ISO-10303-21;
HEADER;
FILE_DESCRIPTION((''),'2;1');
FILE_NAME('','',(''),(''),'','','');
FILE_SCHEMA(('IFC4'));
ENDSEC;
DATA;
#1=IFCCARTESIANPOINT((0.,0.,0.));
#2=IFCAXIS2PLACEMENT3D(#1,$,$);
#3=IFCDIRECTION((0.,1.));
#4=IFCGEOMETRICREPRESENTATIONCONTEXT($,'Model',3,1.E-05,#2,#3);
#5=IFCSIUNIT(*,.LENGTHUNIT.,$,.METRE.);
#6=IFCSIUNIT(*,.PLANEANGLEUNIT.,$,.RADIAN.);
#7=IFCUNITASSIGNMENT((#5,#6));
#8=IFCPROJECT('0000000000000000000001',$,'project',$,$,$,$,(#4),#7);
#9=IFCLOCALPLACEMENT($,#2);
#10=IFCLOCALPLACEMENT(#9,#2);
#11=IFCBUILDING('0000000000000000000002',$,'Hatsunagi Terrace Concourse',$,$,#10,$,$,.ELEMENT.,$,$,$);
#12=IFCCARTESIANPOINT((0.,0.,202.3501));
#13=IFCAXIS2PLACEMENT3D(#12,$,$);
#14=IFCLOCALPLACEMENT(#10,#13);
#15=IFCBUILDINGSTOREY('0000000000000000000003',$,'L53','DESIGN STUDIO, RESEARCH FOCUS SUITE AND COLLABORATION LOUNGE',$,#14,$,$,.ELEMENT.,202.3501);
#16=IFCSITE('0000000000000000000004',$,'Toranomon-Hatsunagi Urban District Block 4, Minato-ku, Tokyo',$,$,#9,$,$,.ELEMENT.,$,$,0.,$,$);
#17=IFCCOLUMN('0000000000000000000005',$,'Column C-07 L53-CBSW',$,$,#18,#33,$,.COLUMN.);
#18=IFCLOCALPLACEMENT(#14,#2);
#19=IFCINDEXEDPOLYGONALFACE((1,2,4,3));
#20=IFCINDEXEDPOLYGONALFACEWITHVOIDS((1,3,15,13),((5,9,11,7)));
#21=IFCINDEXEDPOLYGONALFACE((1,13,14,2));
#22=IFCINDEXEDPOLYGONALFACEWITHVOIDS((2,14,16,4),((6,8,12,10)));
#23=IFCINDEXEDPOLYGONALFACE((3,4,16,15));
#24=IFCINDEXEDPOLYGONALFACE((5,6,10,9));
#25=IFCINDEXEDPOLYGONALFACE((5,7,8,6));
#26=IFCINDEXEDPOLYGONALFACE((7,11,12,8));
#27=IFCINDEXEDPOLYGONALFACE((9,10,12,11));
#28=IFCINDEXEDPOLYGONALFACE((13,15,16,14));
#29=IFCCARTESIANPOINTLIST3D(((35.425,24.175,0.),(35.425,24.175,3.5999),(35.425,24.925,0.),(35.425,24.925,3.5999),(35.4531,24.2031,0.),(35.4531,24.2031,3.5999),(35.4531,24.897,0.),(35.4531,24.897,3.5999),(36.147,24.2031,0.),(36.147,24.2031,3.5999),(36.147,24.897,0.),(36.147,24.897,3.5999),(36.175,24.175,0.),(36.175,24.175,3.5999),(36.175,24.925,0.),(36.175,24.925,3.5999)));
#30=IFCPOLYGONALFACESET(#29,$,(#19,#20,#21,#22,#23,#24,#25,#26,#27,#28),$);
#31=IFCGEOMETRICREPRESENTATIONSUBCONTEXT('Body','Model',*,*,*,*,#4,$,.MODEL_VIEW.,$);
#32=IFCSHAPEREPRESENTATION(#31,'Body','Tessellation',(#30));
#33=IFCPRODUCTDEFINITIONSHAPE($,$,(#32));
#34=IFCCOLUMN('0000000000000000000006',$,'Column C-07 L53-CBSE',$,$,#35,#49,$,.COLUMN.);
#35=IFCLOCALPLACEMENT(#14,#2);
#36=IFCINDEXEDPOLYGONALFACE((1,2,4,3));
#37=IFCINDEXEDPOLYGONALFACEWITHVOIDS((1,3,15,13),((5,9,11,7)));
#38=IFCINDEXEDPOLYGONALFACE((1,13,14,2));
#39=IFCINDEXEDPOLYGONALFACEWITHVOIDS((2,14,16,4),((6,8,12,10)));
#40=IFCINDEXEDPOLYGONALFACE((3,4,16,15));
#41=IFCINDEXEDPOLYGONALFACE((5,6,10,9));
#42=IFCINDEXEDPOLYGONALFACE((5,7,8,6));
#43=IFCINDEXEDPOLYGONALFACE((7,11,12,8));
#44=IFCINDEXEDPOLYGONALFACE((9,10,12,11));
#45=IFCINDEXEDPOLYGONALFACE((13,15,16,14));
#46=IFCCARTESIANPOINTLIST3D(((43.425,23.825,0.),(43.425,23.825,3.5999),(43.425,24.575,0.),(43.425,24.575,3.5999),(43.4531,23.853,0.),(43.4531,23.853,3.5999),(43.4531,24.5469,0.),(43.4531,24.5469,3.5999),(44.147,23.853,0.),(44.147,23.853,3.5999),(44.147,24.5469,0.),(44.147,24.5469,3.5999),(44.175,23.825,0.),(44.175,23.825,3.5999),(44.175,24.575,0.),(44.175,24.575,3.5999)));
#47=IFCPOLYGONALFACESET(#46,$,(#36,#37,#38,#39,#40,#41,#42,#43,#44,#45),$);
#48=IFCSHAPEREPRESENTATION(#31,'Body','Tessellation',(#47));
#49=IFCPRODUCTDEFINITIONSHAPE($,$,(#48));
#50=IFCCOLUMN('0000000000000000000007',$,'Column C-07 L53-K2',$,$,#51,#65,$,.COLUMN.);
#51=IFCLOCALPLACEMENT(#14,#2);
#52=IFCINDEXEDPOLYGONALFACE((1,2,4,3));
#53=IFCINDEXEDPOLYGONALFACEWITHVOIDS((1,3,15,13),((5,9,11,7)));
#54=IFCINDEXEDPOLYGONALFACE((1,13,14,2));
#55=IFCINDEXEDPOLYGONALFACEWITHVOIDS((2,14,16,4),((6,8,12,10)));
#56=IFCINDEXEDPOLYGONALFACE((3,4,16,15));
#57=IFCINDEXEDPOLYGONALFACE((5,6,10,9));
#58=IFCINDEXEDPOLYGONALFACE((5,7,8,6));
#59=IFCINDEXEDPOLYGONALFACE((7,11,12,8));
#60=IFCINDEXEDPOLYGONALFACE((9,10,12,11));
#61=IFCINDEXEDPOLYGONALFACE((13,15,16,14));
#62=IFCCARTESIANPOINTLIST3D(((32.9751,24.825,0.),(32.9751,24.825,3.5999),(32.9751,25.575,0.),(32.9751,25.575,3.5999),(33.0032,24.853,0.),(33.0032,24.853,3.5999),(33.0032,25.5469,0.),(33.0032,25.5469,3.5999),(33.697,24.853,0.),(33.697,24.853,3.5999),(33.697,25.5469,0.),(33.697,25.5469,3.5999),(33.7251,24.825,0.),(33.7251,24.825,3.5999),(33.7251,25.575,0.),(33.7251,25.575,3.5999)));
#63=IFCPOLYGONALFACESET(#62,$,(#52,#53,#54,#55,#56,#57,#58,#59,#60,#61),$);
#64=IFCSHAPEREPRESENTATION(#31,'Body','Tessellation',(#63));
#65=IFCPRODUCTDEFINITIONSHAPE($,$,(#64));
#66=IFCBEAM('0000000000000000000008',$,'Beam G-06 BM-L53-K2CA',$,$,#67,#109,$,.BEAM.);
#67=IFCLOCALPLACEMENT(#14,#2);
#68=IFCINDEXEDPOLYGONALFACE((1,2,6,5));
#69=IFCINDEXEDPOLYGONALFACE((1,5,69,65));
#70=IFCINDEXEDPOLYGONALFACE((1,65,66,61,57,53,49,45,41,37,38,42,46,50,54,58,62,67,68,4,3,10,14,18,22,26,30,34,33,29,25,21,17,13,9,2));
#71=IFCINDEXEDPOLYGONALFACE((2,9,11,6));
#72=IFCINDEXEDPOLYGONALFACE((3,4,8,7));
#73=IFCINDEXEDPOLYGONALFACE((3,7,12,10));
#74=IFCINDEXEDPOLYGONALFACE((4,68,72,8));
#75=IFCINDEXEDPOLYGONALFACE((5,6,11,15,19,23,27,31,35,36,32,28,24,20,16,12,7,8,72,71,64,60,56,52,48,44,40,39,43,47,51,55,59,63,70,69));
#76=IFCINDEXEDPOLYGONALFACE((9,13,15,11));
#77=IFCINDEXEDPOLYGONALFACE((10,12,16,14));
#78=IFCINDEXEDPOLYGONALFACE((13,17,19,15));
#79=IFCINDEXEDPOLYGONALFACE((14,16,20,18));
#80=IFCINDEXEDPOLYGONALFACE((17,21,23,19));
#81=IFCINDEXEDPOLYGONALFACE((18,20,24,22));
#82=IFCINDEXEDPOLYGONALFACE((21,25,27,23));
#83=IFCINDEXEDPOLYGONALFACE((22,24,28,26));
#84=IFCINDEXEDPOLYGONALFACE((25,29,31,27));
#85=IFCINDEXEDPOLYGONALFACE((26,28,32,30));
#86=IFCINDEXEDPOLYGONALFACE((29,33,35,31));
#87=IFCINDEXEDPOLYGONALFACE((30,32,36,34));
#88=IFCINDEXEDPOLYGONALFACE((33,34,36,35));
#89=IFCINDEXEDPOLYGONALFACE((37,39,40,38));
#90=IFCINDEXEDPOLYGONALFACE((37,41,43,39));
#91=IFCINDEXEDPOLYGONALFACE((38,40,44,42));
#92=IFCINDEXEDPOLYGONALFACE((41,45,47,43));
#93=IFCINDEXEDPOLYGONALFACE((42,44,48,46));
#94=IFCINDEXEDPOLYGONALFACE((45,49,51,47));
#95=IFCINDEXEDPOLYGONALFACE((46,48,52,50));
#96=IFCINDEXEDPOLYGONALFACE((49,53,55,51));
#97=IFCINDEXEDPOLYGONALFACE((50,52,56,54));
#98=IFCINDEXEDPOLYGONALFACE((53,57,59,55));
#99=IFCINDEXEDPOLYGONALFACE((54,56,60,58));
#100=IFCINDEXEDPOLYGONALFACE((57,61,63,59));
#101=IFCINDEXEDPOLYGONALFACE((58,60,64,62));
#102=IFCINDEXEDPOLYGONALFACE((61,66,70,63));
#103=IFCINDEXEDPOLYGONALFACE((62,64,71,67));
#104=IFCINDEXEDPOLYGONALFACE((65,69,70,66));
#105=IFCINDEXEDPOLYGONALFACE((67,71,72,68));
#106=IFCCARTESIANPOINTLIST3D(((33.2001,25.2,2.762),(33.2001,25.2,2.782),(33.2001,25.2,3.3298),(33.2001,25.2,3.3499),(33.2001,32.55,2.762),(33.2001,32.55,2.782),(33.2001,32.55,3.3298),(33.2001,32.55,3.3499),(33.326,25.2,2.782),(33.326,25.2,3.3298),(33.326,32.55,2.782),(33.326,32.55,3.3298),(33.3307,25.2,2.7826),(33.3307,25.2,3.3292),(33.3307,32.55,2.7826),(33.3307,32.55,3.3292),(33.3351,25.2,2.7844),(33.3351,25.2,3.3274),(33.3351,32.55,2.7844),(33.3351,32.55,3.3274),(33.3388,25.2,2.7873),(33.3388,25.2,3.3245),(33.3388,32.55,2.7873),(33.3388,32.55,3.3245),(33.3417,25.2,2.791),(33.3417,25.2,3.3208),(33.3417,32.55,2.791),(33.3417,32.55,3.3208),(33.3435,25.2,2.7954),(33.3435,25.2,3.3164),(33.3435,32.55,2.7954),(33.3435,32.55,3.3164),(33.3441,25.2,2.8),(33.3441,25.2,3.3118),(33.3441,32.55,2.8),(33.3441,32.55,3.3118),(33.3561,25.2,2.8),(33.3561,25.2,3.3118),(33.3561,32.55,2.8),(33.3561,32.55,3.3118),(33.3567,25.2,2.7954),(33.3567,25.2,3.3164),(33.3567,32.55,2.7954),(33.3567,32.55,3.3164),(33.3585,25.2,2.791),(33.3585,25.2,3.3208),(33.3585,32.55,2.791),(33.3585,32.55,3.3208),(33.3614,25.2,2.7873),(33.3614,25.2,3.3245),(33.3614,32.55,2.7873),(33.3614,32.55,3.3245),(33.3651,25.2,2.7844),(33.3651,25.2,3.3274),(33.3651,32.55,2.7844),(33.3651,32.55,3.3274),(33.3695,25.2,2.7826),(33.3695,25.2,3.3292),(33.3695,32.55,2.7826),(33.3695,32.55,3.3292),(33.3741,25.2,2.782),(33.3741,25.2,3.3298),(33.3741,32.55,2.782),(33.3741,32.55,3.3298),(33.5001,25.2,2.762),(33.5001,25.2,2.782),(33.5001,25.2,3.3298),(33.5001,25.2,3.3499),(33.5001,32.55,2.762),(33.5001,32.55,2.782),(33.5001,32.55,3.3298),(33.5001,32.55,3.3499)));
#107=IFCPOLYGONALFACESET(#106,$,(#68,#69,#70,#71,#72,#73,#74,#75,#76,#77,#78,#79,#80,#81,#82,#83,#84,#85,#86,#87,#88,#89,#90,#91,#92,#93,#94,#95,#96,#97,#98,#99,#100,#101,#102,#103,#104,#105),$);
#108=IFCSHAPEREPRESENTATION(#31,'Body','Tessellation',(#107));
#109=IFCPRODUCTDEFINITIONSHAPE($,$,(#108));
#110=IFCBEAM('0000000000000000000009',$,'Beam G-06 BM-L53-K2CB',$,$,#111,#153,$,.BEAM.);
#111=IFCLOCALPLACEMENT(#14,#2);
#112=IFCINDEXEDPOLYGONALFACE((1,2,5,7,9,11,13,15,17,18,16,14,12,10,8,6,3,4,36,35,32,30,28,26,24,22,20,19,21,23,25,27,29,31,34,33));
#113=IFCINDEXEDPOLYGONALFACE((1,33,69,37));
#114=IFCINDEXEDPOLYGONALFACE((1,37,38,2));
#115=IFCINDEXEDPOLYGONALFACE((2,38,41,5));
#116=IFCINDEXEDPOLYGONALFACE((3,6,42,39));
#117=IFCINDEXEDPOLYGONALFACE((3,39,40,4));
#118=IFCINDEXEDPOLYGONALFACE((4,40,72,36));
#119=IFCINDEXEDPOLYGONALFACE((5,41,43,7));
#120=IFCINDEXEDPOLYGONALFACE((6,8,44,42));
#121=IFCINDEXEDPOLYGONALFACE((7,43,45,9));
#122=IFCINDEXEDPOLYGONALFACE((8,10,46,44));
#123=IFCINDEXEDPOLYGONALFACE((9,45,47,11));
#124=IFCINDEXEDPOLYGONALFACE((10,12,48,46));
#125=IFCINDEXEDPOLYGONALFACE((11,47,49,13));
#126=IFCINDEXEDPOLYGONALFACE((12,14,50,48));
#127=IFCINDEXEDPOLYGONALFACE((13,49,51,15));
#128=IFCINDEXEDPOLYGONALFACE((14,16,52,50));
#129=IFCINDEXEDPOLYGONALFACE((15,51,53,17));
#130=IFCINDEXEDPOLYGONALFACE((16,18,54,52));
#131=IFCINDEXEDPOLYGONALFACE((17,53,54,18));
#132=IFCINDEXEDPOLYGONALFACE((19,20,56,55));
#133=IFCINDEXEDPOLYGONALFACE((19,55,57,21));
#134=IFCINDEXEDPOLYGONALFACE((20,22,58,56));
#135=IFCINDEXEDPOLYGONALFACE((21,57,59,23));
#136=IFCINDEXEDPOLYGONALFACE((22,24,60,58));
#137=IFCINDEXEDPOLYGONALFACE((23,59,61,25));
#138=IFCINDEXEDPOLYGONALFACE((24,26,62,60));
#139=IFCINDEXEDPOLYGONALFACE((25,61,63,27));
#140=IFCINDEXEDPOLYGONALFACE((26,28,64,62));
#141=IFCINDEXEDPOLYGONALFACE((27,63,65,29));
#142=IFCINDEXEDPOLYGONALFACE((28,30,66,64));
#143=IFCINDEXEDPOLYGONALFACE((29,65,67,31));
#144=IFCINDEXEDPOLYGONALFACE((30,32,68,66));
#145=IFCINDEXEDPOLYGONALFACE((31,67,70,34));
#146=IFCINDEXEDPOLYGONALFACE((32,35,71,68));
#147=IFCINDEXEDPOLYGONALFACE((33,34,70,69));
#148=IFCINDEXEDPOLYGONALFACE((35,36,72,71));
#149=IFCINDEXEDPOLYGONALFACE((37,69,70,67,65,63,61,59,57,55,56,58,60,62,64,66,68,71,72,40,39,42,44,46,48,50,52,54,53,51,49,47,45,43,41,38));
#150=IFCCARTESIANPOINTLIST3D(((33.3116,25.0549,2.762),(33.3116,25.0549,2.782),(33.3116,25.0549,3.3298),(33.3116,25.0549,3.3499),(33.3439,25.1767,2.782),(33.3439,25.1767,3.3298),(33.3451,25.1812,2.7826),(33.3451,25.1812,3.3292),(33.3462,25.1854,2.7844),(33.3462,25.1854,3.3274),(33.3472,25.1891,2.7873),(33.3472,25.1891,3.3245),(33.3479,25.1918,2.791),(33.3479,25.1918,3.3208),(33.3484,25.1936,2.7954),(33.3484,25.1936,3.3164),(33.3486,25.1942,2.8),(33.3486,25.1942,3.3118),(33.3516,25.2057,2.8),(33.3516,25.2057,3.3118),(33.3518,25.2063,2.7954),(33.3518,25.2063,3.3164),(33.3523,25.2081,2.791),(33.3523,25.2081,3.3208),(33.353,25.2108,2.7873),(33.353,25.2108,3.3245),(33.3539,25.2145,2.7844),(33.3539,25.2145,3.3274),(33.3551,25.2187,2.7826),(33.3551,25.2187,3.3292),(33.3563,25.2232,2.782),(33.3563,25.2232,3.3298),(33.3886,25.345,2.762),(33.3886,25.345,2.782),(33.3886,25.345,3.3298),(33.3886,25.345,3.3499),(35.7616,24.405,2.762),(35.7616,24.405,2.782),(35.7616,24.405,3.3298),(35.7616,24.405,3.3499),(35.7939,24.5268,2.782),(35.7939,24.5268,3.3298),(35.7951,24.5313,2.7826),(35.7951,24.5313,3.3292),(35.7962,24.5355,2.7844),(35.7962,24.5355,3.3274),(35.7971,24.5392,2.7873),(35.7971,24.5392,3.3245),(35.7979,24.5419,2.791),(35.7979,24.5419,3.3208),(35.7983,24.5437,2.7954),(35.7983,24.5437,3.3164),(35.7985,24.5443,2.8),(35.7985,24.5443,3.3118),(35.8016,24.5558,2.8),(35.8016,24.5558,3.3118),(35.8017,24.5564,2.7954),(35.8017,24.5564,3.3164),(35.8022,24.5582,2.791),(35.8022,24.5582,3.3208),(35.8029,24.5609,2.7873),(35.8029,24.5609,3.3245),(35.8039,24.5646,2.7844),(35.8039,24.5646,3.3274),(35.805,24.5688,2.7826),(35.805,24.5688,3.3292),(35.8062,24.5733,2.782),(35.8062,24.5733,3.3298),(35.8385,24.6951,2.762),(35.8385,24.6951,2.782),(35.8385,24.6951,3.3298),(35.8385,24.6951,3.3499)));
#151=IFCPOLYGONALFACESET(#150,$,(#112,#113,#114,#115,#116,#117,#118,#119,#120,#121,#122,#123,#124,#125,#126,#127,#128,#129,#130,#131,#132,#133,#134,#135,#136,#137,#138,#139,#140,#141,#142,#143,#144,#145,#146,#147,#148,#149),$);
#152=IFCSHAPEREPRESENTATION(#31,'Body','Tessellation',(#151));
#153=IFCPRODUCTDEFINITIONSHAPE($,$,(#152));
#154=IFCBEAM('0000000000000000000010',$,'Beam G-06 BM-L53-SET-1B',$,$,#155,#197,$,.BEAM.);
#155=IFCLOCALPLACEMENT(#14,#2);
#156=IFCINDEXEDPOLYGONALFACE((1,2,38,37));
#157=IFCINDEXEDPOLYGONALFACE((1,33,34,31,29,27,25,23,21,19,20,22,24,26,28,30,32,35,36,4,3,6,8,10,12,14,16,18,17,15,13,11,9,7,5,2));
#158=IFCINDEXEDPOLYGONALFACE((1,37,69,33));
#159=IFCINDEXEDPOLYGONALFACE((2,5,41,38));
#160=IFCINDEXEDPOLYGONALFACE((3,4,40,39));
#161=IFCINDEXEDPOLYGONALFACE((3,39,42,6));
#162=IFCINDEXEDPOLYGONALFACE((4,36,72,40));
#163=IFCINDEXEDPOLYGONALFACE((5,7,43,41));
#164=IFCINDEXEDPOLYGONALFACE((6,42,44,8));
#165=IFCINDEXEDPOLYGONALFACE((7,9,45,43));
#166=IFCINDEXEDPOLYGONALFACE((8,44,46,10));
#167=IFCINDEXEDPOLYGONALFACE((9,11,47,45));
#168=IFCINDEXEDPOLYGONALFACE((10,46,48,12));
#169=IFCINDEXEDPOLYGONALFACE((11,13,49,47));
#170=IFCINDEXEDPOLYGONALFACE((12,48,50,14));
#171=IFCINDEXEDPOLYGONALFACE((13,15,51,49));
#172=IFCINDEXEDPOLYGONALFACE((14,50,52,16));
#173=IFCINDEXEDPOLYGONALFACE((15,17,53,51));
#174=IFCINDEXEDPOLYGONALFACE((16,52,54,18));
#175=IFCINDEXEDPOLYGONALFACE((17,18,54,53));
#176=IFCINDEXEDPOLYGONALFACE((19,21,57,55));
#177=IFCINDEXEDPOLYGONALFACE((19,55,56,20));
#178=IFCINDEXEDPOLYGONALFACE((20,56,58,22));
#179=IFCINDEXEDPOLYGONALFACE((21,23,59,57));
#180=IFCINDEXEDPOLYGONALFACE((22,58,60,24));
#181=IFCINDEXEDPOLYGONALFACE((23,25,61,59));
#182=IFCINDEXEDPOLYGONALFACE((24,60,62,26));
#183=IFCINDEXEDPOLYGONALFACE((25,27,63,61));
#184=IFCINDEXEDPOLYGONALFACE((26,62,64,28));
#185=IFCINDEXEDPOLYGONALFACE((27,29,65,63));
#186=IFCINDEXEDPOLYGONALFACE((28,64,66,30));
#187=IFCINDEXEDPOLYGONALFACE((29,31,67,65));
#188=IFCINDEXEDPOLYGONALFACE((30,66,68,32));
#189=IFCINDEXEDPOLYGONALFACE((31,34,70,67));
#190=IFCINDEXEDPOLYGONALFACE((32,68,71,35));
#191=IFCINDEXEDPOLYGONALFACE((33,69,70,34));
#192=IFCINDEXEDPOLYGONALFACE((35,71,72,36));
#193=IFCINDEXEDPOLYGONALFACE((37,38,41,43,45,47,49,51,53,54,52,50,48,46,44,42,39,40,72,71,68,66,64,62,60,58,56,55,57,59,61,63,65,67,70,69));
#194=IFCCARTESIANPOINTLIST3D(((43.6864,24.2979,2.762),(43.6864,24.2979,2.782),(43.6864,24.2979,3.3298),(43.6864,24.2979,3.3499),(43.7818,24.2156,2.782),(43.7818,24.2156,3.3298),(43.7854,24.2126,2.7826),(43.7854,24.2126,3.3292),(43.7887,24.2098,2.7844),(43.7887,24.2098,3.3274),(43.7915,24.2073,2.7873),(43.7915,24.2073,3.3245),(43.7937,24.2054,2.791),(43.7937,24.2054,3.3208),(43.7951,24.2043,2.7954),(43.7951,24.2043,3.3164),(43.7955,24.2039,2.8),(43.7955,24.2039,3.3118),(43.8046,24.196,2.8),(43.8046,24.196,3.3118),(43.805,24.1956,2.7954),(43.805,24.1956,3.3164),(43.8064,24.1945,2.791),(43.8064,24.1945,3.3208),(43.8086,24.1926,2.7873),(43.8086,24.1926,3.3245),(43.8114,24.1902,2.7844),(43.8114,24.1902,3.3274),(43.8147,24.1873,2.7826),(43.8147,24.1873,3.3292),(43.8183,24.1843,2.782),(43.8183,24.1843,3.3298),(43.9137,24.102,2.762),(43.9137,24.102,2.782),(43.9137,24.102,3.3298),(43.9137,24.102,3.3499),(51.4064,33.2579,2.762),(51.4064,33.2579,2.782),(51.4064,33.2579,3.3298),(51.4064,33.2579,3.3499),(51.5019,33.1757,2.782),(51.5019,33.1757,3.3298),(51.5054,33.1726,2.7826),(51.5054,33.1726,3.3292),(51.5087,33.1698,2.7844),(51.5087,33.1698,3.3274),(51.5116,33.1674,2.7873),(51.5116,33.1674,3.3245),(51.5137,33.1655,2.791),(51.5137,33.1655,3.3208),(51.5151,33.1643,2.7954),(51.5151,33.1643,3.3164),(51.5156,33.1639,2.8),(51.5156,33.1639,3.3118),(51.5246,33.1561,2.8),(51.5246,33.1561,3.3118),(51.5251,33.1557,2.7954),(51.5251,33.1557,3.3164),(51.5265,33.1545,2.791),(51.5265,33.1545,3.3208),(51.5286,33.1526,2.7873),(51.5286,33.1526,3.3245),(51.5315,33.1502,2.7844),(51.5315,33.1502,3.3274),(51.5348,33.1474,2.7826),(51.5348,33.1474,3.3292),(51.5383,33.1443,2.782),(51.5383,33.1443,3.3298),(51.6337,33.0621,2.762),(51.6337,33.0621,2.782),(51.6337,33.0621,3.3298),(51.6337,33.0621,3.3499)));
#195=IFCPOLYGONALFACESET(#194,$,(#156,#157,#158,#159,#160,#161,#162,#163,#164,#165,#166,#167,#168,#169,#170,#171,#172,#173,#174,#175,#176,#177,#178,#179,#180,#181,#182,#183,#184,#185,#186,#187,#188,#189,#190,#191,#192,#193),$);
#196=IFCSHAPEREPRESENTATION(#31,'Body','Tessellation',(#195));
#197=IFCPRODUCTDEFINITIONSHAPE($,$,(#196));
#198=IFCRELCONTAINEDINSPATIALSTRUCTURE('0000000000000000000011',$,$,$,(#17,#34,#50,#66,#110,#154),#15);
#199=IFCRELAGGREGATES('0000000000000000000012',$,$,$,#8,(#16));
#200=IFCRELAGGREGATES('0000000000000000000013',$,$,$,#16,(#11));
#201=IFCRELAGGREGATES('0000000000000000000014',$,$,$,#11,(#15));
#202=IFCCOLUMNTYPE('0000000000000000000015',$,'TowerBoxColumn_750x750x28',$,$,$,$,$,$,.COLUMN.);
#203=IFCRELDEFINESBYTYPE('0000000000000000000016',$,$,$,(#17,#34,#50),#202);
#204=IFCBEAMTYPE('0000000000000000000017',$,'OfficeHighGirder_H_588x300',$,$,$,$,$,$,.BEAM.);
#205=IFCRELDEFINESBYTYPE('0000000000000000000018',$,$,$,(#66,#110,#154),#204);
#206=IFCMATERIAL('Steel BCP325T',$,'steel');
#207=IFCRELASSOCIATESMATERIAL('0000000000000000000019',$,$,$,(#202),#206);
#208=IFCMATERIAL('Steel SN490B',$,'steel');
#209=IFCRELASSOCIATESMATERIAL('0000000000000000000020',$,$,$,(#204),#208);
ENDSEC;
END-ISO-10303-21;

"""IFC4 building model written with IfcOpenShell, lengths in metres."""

from ifc_helpers import new_model, si_unit, direction, frame, origin, origin_2d, place, context, subcontext, project, spatial, hollow_rectangle, i_section, extrude, material, material_profile, profile_set, type_object, element, save


model = new_model("IFC4")

# Units and contexts
model_context = context("Model", 3, precision=1e-05, world=origin(), true_north=direction((0.0, 1.0)))
body_context = subcontext(model_context, "Body", "Model", "MODEL_VIEW")
ifc_project = project(units=[si_unit("LENGTHUNIT", "METRE"), si_unit("PLANEANGLEUNIT", "RADIAN")], contexts=[model_context])

# Site, building, storey
site_placement = place(None, origin())
site = spatial("IfcSite", under=ifc_project, at=site_placement, Name="Toranomon-Hatsunagi Urban District Block 4, Minato-ku, Tokyo", CompositionType="ELEMENT", RefElevation=0.0)
building_placement = place(site_placement, origin())
building = spatial("IfcBuilding", under=site, at=building_placement, Name="Hatsunagi Terrace Concourse", CompositionType="ELEMENT")
storey_placement = place(building_placement, frame((0.0, 0.0, 202.3501)))
storey = spatial("IfcBuildingStorey", under=building, at=storey_placement, Name="L53", Description="DESIGN STUDIO, RESEARCH FOCUS SUITE AND COLLABORATION LOUNGE", CompositionType="ELEMENT", Elevation=202.3501)

# Columns
ifc_material_1 = material(Name="Steel BCP325T", Category="steel")
ifc_material_profile_1 = material_profile(ifc_material_1, hollow_rectangle(XDim=0.75, YDim=0.75, WallThickness=0.0281, at=origin_2d()), Name="BCP-750x750x28")
ifc_profile_set_1 = profile_set([ifc_material_profile_1], Name="Steel BCP325T")
column_type = type_object("IfcColumnType", Name="TowerBoxColumn_750x750x28", PredefinedType="COLUMN", material=ifc_profile_set_1)
for number, where, z_axis, x_axis, name in (
    (1, (35.8, 24.55, 0.0), (0.0, 0.0, 1.0), (1.0, 0.0, 0.0), "Column C-07 L53-CBSW"),
    (2, (43.8, 24.2, 0.0), (0.0, 0.0, 1.0), (1.0, 0.0, 0.0), "Column C-07 L53-CBSE"),
    (3, (33.3501, 25.2, 0.0), (0.0, 0.0, 1.0), (1.0, 0.0, 0.0), "Column C-07 L53-K2"),
):
    element("IfcColumn", number, at=place(storey_placement, frame(where, z_axis=z_axis, x_axis=x_axis)), inside=storey, type_object=column_type, Name=name, PredefinedType="COLUMN", context=body_context, shape_type="SweptSolid", body=[
        extrude(hollow_rectangle(XDim=0.75, YDim=0.75, WallThickness=0.0281, at=origin_2d()), origin(), (0.0, 0.0, 1.0), 3.5999),
    ])

# Beams
ifc_material_2 = material(Name="Steel SN490B", Category="steel")
ifc_material_profile_2 = material_profile(ifc_material_2, i_section(OverallWidth=0.3, OverallDepth=0.5879, WebThickness=0.012, FlangeThickness=0.02, FilletRadius=0.0181, at=origin_2d()), Name="H-588x300x12x20")
ifc_profile_set_2 = profile_set([ifc_material_profile_2], Name="Steel SN490B")
beam_type_1 = type_object("IfcBeamType", Name="OfficeHighGirder_H_588x300", PredefinedType="BEAM", material=ifc_profile_set_2)
beam_1_placement = place(storey_placement, frame((33.3501, 25.2, 3.0559), z_axis=(0.0, 1.0, 0.0), x_axis=(-1.0, 0.0, 0.0)))
element("IfcBeam", 4, at=beam_1_placement, inside=storey, type_object=beam_type_1, Name="Beam G-06 BM-L53-K2CA", PredefinedType="BEAM", context=body_context, shape_type="SweptSolid", body=[
    extrude(i_section(OverallWidth=0.3, OverallDepth=0.5879, WebThickness=0.012, FlangeThickness=0.02, FilletRadius=0.0181, at=origin_2d()), origin(), (0.0, 0.0, 1.0), 7.3501),
])
beam_2_placement = place(storey_placement, frame((33.3501, 25.2, 3.0559), z_axis=(0.96657, -0.256403, 0.0), x_axis=(0.256403, 0.96657, 0.0)))
element("IfcBeam", 5, at=beam_2_placement, inside=storey, type_object=beam_type_1, Name="Beam G-06 BM-L53-K2CB", PredefinedType="BEAM", context=body_context, shape_type="SweptSolid", body=[
    extrude(i_section(OverallWidth=0.3, OverallDepth=0.5879, WebThickness=0.012, FlangeThickness=0.02, FilletRadius=0.0181, at=origin_2d()), origin(), (0.0, 0.0, 1.0), 2.5347),
])
beam_3_placement = place(storey_placement, frame((43.8, 24.2, 3.0559), z_axis=(0.652739, 0.757583, 0.0), x_axis=(-0.757583, 0.652739, 0.0)))
element("IfcBeam", 6, at=beam_3_placement, inside=storey, type_object=beam_type_1, Name="Beam G-06 BM-L53-SET-1B", PredefinedType="BEAM", context=body_context, shape_type="SweptSolid", body=[
    extrude(i_section(OverallWidth=0.3, OverallDepth=0.5879, WebThickness=0.012, FlangeThickness=0.02, FilletRadius=0.0181, at=origin_2d()), origin(), (0.0, 0.0, 1.0), 11.8271),
])

save(model, "model.ifc")
